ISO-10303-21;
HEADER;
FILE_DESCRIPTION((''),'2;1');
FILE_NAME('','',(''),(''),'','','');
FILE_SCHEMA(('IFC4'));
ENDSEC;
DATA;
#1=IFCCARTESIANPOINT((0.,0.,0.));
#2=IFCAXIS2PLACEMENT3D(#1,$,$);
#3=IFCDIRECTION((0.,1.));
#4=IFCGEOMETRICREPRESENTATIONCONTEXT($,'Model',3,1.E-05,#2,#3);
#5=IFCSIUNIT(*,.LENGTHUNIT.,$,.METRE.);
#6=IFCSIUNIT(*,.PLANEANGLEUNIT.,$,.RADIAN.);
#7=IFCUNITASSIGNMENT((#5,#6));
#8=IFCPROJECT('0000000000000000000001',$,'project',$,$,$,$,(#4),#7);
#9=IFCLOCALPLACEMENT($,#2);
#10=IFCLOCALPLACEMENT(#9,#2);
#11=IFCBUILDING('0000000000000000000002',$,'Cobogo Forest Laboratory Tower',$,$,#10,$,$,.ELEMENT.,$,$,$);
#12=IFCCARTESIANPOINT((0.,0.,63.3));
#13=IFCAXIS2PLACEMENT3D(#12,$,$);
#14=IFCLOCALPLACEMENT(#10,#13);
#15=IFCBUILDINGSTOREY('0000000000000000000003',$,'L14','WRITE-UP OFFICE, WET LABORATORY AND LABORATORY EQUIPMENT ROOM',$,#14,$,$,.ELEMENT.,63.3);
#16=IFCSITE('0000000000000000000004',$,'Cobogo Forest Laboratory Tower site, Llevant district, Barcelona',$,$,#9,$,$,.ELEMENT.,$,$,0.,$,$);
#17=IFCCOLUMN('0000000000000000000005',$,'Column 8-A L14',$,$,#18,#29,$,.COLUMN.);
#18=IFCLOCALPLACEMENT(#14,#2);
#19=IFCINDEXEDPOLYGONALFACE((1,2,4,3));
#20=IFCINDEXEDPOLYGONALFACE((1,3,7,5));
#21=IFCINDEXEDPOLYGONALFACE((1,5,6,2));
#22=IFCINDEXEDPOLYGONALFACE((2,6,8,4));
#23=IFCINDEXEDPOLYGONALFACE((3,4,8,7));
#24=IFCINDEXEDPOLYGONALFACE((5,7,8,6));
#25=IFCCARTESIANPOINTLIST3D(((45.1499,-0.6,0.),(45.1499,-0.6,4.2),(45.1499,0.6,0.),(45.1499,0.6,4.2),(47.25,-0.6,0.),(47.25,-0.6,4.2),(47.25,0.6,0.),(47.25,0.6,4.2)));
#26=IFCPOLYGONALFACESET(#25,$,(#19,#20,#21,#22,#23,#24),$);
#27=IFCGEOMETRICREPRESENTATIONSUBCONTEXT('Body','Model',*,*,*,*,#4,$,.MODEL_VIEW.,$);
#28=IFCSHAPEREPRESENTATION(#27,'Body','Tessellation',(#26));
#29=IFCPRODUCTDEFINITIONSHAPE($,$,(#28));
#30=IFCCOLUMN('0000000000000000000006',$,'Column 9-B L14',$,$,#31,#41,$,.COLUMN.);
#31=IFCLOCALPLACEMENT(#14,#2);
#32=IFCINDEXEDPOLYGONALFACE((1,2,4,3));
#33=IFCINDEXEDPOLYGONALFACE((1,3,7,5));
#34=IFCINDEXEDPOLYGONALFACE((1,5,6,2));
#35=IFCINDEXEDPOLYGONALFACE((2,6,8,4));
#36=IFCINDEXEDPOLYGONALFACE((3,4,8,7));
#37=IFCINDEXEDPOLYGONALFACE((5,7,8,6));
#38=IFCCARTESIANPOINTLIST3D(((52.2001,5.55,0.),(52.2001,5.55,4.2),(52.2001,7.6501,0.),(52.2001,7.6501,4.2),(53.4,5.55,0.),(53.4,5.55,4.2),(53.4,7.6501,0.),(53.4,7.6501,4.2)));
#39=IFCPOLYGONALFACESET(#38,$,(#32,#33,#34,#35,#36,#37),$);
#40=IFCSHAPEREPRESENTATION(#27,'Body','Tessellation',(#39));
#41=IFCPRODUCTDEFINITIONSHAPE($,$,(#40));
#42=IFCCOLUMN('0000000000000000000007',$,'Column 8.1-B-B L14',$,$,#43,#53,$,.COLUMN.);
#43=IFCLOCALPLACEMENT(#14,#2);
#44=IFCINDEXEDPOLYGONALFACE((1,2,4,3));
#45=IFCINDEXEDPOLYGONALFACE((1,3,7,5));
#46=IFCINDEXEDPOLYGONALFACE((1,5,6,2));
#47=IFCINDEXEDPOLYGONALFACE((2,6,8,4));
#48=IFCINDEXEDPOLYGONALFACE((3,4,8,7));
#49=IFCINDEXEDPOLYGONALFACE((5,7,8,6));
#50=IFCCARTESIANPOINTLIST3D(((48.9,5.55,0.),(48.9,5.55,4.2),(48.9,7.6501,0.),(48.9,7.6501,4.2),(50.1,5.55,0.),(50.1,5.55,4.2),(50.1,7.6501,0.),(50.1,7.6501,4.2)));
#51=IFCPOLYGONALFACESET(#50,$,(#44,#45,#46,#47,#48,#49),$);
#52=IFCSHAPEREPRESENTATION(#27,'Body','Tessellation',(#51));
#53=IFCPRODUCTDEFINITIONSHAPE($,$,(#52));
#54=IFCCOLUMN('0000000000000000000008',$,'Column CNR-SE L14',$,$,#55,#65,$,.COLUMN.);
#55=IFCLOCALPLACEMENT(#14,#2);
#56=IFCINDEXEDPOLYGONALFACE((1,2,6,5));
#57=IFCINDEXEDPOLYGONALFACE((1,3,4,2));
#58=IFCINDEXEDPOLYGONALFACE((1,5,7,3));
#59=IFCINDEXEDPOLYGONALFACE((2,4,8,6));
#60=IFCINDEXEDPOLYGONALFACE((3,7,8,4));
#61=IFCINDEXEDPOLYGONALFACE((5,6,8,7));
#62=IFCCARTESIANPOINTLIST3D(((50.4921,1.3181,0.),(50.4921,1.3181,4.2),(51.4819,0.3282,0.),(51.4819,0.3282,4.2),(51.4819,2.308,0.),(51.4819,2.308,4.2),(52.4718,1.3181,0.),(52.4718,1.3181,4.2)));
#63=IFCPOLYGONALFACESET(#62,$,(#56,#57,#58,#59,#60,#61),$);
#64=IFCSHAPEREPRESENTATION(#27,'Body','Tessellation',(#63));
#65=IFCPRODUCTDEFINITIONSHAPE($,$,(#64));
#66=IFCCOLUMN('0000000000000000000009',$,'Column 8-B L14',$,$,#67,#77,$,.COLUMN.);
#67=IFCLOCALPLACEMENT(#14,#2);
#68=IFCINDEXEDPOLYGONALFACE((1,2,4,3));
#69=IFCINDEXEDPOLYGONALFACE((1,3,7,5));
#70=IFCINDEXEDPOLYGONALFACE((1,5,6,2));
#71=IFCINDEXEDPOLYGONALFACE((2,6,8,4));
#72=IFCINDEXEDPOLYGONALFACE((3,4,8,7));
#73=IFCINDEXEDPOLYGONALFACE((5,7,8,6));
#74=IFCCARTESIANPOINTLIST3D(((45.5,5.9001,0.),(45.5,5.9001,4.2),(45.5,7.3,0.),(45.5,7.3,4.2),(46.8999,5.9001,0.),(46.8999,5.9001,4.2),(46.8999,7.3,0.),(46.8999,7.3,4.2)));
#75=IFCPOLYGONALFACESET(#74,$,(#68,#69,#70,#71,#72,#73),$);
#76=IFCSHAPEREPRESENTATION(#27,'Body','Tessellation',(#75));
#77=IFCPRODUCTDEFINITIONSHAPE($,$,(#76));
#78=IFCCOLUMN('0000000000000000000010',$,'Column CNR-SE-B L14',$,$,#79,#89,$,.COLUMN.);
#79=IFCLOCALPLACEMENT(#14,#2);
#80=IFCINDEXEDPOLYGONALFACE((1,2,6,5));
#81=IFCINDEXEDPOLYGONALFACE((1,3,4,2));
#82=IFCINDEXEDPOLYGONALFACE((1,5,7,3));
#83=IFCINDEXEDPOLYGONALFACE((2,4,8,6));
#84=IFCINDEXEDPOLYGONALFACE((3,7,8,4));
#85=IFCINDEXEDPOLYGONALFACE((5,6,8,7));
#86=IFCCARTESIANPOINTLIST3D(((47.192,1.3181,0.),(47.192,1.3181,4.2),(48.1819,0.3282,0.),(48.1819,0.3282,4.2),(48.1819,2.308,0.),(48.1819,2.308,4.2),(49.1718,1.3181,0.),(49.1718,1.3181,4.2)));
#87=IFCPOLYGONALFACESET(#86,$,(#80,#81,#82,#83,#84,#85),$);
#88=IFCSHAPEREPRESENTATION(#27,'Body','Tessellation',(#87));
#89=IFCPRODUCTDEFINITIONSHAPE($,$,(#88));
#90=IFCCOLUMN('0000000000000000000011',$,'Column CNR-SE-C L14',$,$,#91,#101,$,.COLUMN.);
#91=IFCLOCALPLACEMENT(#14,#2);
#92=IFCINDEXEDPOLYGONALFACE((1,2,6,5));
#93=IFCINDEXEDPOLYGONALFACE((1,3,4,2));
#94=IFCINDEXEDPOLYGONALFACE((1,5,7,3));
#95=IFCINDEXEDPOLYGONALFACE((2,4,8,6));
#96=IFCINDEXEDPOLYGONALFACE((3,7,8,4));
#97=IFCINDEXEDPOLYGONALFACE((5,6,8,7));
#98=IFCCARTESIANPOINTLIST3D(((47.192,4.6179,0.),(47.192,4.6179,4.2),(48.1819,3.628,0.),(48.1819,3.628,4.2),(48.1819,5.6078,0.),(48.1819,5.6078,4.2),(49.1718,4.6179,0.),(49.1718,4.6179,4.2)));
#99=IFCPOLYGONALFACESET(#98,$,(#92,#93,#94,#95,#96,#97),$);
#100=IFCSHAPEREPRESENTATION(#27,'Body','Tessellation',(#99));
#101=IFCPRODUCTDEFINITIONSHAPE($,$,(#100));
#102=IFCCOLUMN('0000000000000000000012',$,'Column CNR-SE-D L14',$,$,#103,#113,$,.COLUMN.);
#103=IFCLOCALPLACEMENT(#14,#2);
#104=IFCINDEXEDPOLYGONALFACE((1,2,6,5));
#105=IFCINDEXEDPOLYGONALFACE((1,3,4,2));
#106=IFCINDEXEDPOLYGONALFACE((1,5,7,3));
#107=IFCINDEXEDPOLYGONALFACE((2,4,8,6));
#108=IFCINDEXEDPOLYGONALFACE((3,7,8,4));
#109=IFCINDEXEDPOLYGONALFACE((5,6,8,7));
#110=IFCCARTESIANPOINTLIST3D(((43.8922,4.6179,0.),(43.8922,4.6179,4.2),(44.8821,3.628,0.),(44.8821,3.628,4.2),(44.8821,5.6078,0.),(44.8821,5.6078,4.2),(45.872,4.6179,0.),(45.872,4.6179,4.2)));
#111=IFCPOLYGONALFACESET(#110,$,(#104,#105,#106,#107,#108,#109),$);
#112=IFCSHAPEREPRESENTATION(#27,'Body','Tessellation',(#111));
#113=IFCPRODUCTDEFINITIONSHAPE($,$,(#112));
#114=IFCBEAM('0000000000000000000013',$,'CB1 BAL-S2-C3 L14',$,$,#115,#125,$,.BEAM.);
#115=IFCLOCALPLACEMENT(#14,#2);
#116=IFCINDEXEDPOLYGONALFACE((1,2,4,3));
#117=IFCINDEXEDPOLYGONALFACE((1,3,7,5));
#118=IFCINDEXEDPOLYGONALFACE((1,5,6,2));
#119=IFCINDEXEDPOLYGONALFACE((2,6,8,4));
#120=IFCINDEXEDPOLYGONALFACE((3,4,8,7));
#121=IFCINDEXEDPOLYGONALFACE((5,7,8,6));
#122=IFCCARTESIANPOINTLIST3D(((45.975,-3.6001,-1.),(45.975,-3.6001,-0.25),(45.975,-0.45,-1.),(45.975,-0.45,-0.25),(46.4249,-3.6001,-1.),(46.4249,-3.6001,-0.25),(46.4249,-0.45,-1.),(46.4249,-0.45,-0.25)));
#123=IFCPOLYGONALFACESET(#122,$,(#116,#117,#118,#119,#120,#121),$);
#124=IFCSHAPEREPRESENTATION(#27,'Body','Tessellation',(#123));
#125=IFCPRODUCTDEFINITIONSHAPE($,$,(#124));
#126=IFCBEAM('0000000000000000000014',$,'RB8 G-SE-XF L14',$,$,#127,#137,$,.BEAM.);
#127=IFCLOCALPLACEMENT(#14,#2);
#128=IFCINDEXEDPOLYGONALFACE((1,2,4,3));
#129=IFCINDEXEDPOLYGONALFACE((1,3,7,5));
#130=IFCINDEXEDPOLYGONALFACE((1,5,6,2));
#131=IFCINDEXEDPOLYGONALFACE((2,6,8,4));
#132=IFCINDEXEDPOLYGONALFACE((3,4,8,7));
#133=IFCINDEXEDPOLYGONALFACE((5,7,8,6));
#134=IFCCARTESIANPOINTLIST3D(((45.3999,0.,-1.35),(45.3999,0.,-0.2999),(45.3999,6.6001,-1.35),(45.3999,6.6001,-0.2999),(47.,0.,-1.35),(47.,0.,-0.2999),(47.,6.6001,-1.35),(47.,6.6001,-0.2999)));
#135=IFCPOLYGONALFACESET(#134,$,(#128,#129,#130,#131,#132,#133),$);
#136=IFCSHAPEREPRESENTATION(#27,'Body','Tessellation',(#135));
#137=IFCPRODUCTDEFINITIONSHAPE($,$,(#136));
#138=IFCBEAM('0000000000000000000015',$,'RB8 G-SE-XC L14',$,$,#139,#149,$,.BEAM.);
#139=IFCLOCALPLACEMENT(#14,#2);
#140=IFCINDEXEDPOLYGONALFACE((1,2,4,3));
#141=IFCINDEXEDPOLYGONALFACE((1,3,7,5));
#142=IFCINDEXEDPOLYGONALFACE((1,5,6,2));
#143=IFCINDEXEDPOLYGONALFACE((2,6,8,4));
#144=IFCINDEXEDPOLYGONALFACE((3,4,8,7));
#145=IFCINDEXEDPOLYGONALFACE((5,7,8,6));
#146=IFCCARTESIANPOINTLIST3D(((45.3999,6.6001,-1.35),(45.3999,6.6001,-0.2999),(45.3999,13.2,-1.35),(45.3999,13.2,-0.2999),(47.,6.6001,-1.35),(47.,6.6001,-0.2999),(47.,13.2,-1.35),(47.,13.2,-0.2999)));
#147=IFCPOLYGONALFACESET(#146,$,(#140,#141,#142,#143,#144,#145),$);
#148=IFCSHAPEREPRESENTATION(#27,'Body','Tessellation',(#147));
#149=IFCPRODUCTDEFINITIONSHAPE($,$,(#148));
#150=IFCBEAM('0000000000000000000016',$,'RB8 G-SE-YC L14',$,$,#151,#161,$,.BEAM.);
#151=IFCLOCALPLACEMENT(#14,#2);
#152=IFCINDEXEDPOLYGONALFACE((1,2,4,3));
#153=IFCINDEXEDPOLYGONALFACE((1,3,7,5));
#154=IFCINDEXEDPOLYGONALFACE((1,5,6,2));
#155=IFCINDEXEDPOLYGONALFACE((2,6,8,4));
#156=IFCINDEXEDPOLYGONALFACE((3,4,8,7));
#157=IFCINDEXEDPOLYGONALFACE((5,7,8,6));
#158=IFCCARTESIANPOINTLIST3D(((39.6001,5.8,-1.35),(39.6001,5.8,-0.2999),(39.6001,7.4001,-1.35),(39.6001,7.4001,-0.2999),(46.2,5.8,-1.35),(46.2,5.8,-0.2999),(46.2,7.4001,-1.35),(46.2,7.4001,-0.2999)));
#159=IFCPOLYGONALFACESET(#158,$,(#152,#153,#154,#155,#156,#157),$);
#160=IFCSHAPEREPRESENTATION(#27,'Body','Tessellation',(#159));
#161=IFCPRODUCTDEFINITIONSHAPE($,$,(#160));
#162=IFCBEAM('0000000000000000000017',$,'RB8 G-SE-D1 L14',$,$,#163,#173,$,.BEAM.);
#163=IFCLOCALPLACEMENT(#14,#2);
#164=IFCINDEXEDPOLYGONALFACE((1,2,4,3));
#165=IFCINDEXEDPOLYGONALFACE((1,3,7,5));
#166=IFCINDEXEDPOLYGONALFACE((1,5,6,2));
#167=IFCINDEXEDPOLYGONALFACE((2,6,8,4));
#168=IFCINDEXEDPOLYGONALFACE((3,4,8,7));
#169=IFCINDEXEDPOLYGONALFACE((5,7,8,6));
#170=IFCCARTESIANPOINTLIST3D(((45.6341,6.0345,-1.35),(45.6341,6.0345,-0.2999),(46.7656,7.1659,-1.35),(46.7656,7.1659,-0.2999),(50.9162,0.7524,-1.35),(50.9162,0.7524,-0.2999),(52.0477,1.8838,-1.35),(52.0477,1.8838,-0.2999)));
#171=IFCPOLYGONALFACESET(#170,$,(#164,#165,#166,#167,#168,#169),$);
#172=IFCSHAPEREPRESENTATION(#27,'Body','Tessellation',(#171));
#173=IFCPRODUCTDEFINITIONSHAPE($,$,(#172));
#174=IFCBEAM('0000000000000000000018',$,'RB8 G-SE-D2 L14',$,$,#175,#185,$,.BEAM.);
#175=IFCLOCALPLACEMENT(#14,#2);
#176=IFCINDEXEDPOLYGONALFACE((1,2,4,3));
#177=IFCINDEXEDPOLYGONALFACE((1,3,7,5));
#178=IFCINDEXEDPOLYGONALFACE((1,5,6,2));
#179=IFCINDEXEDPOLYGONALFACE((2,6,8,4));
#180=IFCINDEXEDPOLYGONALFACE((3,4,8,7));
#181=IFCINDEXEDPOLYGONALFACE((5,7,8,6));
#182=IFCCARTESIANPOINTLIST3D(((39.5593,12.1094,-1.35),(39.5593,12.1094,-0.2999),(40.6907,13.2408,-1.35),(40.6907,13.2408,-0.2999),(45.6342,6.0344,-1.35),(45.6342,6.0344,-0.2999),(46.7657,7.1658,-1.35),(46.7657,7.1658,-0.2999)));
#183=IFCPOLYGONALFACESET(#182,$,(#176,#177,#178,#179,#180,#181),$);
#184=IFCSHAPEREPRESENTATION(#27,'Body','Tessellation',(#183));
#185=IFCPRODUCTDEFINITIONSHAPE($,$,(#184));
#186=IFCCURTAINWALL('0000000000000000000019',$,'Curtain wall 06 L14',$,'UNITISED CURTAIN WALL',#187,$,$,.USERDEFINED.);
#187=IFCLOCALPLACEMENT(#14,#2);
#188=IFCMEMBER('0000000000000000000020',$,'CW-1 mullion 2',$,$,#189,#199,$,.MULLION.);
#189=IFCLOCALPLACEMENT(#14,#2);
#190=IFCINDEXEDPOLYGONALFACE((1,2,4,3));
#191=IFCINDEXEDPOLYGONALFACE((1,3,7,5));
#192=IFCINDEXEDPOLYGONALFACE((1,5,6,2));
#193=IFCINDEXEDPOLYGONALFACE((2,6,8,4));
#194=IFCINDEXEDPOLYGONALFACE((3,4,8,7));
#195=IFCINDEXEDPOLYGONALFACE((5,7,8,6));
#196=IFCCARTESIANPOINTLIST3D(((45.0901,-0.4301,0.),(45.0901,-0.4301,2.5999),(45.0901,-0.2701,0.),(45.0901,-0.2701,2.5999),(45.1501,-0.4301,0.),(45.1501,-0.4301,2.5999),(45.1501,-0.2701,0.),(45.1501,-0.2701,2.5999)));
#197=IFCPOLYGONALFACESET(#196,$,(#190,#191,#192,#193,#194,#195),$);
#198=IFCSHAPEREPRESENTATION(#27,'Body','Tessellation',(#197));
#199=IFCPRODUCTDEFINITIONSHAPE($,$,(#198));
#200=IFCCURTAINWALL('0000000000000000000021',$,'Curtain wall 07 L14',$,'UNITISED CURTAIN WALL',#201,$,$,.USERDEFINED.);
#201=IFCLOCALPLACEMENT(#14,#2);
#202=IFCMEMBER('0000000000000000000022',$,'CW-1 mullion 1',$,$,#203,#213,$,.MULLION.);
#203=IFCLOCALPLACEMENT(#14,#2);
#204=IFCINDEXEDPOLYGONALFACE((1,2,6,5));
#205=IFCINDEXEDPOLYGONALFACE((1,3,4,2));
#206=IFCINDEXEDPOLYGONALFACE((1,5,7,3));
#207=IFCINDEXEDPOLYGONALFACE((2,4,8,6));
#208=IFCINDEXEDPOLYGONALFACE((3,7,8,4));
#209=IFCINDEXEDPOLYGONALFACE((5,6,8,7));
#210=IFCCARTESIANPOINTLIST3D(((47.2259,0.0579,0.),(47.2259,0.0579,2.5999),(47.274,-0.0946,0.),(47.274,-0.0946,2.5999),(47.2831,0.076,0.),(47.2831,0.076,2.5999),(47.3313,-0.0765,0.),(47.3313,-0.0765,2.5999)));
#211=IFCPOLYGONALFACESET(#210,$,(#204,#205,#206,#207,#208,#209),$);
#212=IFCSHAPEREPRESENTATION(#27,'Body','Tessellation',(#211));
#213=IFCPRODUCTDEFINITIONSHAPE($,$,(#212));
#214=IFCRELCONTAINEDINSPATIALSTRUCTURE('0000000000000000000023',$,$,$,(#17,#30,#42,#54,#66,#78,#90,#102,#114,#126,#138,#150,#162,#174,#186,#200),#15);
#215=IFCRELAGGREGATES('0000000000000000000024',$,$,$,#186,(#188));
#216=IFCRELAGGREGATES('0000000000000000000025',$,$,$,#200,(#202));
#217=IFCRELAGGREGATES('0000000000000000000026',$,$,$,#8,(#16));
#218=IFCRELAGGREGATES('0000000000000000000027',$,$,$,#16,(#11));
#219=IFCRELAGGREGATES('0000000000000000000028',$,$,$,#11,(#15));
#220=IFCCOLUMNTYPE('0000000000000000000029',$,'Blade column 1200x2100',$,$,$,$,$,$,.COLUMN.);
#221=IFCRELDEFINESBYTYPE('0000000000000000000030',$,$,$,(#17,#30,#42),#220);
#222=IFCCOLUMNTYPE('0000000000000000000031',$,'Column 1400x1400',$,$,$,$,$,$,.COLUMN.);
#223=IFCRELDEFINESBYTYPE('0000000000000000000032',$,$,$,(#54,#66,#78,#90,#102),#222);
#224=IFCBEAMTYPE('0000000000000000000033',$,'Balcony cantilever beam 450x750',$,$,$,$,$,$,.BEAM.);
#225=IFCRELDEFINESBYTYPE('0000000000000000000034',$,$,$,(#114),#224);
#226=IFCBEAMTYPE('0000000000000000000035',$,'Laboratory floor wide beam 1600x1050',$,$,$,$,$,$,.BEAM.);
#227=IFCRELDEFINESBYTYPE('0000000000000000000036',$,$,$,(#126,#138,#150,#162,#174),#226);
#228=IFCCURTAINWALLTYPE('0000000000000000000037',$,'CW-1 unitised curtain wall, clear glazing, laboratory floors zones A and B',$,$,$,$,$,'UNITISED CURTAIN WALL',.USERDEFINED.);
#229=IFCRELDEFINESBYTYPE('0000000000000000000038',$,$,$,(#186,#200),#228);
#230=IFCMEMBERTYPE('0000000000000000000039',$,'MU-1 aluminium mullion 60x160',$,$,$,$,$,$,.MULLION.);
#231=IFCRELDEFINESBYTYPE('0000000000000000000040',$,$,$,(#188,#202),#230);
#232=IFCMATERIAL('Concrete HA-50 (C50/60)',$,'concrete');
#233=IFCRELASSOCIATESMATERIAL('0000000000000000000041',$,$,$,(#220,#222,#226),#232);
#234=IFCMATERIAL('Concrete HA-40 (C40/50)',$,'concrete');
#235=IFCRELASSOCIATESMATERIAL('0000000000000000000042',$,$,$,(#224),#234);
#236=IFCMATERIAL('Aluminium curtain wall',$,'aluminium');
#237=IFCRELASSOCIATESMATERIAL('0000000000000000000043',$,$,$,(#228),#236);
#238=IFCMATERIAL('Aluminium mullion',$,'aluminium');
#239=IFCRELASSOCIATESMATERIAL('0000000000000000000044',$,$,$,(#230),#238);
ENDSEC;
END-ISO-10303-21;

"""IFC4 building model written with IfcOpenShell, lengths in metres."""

from ifc_helpers import new_model, si_unit, direction, frame, origin, origin_2d, place, context, subcontext, project, spatial, rectangle, extrude, material, material_profile, profile_set, type_object, element, aggregate, save


model = new_model("IFC4")

# Units and contexts
model_context = context("Model", 3, precision=1e-05, world=origin(), true_north=direction((0.0, 1.0)))
body_context = subcontext(model_context, "Body", "Model", "MODEL_VIEW")
ifc_project = project(units=[si_unit("LENGTHUNIT", "METRE"), si_unit("PLANEANGLEUNIT", "RADIAN")], contexts=[model_context])

# Site, building, storey
site_placement = place(None, origin())
site = spatial("IfcSite", under=ifc_project, at=site_placement, Name="Cobogo Forest Laboratory Tower site, Llevant district, Barcelona", CompositionType="ELEMENT", RefElevation=0.0)
building_placement = place(site_placement, origin())
building = spatial("IfcBuilding", under=site, at=building_placement, Name="Cobogo Forest Laboratory Tower", CompositionType="ELEMENT")
storey_placement = place(building_placement, frame((0.0, 0.0, 63.3)))
storey = spatial("IfcBuildingStorey", under=building, at=storey_placement, Name="L14", Description="WRITE-UP OFFICE, WET LABORATORY AND LABORATORY EQUIPMENT ROOM", CompositionType="ELEMENT", Elevation=63.3)

# Columns
ifc_material_1 = material(Name="Concrete HA-50 (C50/60)", Category="concrete")
ifc_material_profile_1 = material_profile(ifc_material_1, rectangle(XDim=2.1001, YDim=1.2, at=origin_2d()), Name="RC 1200x2100")
ifc_profile_set_1 = profile_set([ifc_material_profile_1], Name="Concrete HA-50 (C50/60)")
column_type_1 = type_object("IfcColumnType", Name="Blade column 1200x2100", PredefinedType="COLUMN", material=ifc_profile_set_1)
for number, where, z_axis, x_axis, name in (
    (1, (46.2, 0.0, 0.0), (0.0, 0.0, 1.0), (1.0, 0.0, 0.0), "Column 8-A L14"),
    (2, (52.8, 6.6001, 0.0), (0.0, 0.0, 1.0), (0.0, 1.0, 0.0), "Column 9-B L14"),
    (3, (49.5, 6.6001, 0.0), (0.0, 0.0, 1.0), (0.0, 1.0, 0.0), "Column 8.1-B-B L14"),
):
    element("IfcColumn", number, at=place(storey_placement, frame(where, z_axis=z_axis, x_axis=x_axis)), inside=storey, type_object=column_type_1, Name=name, PredefinedType="COLUMN", context=body_context, shape_type="SweptSolid", body=[
        extrude(rectangle(XDim=2.1001, YDim=1.2, at=origin_2d()), origin(), (0.0, 0.0, 1.0), 4.2),
    ])
ifc_material_profile_2 = material_profile(ifc_material_1, rectangle(XDim=1.3999, YDim=1.3999, at=origin_2d()), Name="RC 1400x1400")
ifc_profile_set_2 = profile_set([ifc_material_profile_2], Name="Concrete HA-50 (C50/60)")
column_type_2 = type_object("IfcColumnType", Name="Column 1400x1400", PredefinedType="COLUMN", material=ifc_profile_set_2)
for number, where, z_axis, x_axis, name in (
    (4, (51.4819, 1.3181, 0.0), (0.0, 0.0, 1.0), (0.707107, 0.707107, 0.0), "Column CNR-SE L14"),
    (5, (46.2, 6.6001, 0.0), (0.0, 0.0, 1.0), (1.0, 0.0, 0.0), "Column 8-B L14"),
    (6, (48.1819, 1.3181, 0.0), (0.0, 0.0, 1.0), (0.707107, 0.707107, 0.0), "Column CNR-SE-B L14"),
    (7, (48.1819, 4.6179, 0.0), (0.0, 0.0, 1.0), (0.707107, 0.707107, 0.0), "Column CNR-SE-C L14"),
    (8, (44.8821, 4.6179, 0.0), (0.0, 0.0, 1.0), (0.707107, 0.707107, 0.0), "Column CNR-SE-D L14"),
):
    element("IfcColumn", number, at=place(storey_placement, frame(where, z_axis=z_axis, x_axis=x_axis)), inside=storey, type_object=column_type_2, Name=name, PredefinedType="COLUMN", context=body_context, shape_type="SweptSolid", body=[
        extrude(rectangle(XDim=1.3999, YDim=1.3999, at=origin_2d()), origin(), (0.0, 0.0, 1.0), 4.2),
    ])

# Beams
ifc_material_2 = material(Name="Concrete HA-40 (C40/50)", Category="concrete")
ifc_material_profile_3 = material_profile(ifc_material_2, rectangle(XDim=0.45, YDim=0.75, at=origin_2d()), Name="RC 450x750")
ifc_profile_set_3 = profile_set([ifc_material_profile_3], Name="Concrete HA-40 (C40/50)")
beam_type_1 = type_object("IfcBeamType", Name="Balcony cantilever beam 450x750", PredefinedType="BEAM", material=ifc_profile_set_3)
beam_1_placement = place(storey_placement, frame((46.2, -0.45, -0.625), z_axis=(0.0, -1.0, 0.0), x_axis=(1.0, 0.0, 0.0)))
element("IfcBeam", 9, at=beam_1_placement, inside=storey, type_object=beam_type_1, Name="CB1 BAL-S2-C3 L14", PredefinedType="BEAM", context=body_context, shape_type="SweptSolid", body=[
    extrude(rectangle(XDim=0.45, YDim=0.75, at=origin_2d()), origin(), (0.0, 0.0, 1.0), 3.1501),
])
ifc_material_profile_4 = material_profile(ifc_material_1, rectangle(XDim=1.6001, YDim=1.05, at=origin_2d()), Name="RC 1600x1050")
ifc_profile_set_4 = profile_set([ifc_material_profile_4], Name="Concrete HA-50 (C50/60)")
beam_type_2 = type_object("IfcBeamType", Name="Laboratory floor wide beam 1600x1050", PredefinedType="BEAM", material=ifc_profile_set_4)
beam_2_placement = place(storey_placement, frame((46.2, 0.0, -0.825), z_axis=(0.0, 1.0, 0.0), x_axis=(-1.0, 0.0, 0.0)))
element("IfcBeam", 10, at=beam_2_placement, inside=storey, type_object=beam_type_2, Name="RB8 G-SE-XF L14", PredefinedType="BEAM", context=body_context, shape_type="SweptSolid", body=[
    extrude(rectangle(XDim=1.6001, YDim=1.05, at=origin_2d()), origin(), (0.0, 0.0, 1.0), 6.6001),
])
for number, where, z_axis, x_axis, name in (
    (11, (46.2, 6.6001, -0.825), (0.0, 1.0, 0.0), (-1.0, 0.0, 0.0), "RB8 G-SE-XC L14"),
    (12, (46.2, 6.6001, -0.825), (-1.0, 0.0, 0.0), (0.0, -1.0, 0.0), "RB8 G-SE-YC L14"),
):
    element("IfcBeam", number, at=place(storey_placement, frame(where, z_axis=z_axis, x_axis=x_axis)), inside=storey, type_object=beam_type_2, Name=name, PredefinedType="BEAM", context=body_context, shape_type="SweptSolid", body=[
        extrude(rectangle(XDim=1.6001, YDim=1.05, at=origin_2d()), origin(), (0.0, 0.0, 1.0), 6.5999),
    ])
beam_3_placement = place(storey_placement, frame((51.4819, 1.3181, -0.825), z_axis=(-0.707107, 0.707107, 0.0), x_axis=(-0.707107, -0.707107, 0.0)))
element("IfcBeam", 13, at=beam_3_placement, inside=storey, type_object=beam_type_2, Name="RB8 G-SE-D1 L14", PredefinedType="BEAM", context=body_context, shape_type="SweptSolid", body=[
    extrude(rectangle(XDim=1.6001, YDim=1.05, at=origin_2d()), origin(), (0.0, 0.0, 1.0), 7.47),
])
beam_4_placement = place(storey_placement, frame((46.2, 6.6001, -0.825), z_axis=(-0.707107, 0.707107, 0.0), x_axis=(-0.707107, -0.707107, 0.0)))
element("IfcBeam", 14, at=beam_4_placement, inside=storey, type_object=beam_type_2, Name="RB8 G-SE-D2 L14", PredefinedType="BEAM", context=body_context, shape_type="SweptSolid", body=[
    extrude(rectangle(XDim=1.6001, YDim=1.05, at=origin_2d()), origin(), (0.0, 0.0, 1.0), 8.5913),
])

# Curtain wall, member
ifc_material_3 = material(Name="Aluminium curtain wall", Category="aluminium")
curtain_wall_type = type_object("IfcCurtainWallType", Name="CW-1 unitised curtain wall, clear glazing, laboratory floors zones A and B", ElementType="UNITISED CURTAIN WALL", PredefinedType="USERDEFINED", material=ifc_material_3)
curtain_wall_1_placement = place(storey_placement, origin())
curtain_wall_1 = element("IfcCurtainWall", 15, at=curtain_wall_1_placement, inside=storey, type_object=curtain_wall_type, Name="Curtain wall 06 L14", ObjectType="UNITISED CURTAIN WALL", PredefinedType="USERDEFINED")
ifc_material_4 = material(Name="Aluminium mullion", Category="aluminium")
ifc_material_profile_5 = material_profile(ifc_material_4, rectangle(XDim=0.0601, YDim=0.1599, at=origin_2d()), Name="AL 60x160")
ifc_profile_set_5 = profile_set([ifc_material_profile_5], Name="Aluminium mullion")
member_type_1 = type_object("IfcMemberType", Name="MU-1 aluminium mullion 60x160", PredefinedType="MULLION", material=ifc_profile_set_5)
member_1_placement = place(storey_placement, frame((45.1201, -0.3501, 0.0), z_axis=(0.0, 0.0, 1.0), x_axis=(1.0, 0.0, 0.0)))
member_1 = element("IfcMember", 16, at=member_1_placement, type_object=member_type_1, Name="CW-1 mullion 2", PredefinedType="MULLION", context=body_context, shape_type="SweptSolid", body=[
    extrude(rectangle(XDim=0.0601, YDim=0.1599, at=origin_2d()), origin(), (0.0, 0.0, 1.0), 2.5999),
])
aggregate(curtain_wall_1, [member_1])

# Curtain wall, member
curtain_wall_2_placement = place(storey_placement, origin())
curtain_wall_2 = element("IfcCurtainWall", 17, at=curtain_wall_2_placement, inside=storey, type_object=curtain_wall_type, Name="Curtain wall 07 L14", ObjectType="UNITISED CURTAIN WALL", PredefinedType="USERDEFINED")
member_2_placement = place(storey_placement, frame((47.2786, -0.0093, 0.0), z_axis=(0.0, 0.0, 1.0), x_axis=(0.953582, 0.301135, 0.0)))
member_2 = element("IfcMember", 18, at=member_2_placement, type_object=member_type_1, Name="CW-1 mullion 1", PredefinedType="MULLION", context=body_context, shape_type="SweptSolid", body=[
    extrude(rectangle(XDim=0.0601, YDim=0.1599, at=origin_2d()), origin(), (0.0, 0.0, 1.0), 2.5999),
])

aggregate(curtain_wall_2, [member_2])

save(model, "model.ifc")
